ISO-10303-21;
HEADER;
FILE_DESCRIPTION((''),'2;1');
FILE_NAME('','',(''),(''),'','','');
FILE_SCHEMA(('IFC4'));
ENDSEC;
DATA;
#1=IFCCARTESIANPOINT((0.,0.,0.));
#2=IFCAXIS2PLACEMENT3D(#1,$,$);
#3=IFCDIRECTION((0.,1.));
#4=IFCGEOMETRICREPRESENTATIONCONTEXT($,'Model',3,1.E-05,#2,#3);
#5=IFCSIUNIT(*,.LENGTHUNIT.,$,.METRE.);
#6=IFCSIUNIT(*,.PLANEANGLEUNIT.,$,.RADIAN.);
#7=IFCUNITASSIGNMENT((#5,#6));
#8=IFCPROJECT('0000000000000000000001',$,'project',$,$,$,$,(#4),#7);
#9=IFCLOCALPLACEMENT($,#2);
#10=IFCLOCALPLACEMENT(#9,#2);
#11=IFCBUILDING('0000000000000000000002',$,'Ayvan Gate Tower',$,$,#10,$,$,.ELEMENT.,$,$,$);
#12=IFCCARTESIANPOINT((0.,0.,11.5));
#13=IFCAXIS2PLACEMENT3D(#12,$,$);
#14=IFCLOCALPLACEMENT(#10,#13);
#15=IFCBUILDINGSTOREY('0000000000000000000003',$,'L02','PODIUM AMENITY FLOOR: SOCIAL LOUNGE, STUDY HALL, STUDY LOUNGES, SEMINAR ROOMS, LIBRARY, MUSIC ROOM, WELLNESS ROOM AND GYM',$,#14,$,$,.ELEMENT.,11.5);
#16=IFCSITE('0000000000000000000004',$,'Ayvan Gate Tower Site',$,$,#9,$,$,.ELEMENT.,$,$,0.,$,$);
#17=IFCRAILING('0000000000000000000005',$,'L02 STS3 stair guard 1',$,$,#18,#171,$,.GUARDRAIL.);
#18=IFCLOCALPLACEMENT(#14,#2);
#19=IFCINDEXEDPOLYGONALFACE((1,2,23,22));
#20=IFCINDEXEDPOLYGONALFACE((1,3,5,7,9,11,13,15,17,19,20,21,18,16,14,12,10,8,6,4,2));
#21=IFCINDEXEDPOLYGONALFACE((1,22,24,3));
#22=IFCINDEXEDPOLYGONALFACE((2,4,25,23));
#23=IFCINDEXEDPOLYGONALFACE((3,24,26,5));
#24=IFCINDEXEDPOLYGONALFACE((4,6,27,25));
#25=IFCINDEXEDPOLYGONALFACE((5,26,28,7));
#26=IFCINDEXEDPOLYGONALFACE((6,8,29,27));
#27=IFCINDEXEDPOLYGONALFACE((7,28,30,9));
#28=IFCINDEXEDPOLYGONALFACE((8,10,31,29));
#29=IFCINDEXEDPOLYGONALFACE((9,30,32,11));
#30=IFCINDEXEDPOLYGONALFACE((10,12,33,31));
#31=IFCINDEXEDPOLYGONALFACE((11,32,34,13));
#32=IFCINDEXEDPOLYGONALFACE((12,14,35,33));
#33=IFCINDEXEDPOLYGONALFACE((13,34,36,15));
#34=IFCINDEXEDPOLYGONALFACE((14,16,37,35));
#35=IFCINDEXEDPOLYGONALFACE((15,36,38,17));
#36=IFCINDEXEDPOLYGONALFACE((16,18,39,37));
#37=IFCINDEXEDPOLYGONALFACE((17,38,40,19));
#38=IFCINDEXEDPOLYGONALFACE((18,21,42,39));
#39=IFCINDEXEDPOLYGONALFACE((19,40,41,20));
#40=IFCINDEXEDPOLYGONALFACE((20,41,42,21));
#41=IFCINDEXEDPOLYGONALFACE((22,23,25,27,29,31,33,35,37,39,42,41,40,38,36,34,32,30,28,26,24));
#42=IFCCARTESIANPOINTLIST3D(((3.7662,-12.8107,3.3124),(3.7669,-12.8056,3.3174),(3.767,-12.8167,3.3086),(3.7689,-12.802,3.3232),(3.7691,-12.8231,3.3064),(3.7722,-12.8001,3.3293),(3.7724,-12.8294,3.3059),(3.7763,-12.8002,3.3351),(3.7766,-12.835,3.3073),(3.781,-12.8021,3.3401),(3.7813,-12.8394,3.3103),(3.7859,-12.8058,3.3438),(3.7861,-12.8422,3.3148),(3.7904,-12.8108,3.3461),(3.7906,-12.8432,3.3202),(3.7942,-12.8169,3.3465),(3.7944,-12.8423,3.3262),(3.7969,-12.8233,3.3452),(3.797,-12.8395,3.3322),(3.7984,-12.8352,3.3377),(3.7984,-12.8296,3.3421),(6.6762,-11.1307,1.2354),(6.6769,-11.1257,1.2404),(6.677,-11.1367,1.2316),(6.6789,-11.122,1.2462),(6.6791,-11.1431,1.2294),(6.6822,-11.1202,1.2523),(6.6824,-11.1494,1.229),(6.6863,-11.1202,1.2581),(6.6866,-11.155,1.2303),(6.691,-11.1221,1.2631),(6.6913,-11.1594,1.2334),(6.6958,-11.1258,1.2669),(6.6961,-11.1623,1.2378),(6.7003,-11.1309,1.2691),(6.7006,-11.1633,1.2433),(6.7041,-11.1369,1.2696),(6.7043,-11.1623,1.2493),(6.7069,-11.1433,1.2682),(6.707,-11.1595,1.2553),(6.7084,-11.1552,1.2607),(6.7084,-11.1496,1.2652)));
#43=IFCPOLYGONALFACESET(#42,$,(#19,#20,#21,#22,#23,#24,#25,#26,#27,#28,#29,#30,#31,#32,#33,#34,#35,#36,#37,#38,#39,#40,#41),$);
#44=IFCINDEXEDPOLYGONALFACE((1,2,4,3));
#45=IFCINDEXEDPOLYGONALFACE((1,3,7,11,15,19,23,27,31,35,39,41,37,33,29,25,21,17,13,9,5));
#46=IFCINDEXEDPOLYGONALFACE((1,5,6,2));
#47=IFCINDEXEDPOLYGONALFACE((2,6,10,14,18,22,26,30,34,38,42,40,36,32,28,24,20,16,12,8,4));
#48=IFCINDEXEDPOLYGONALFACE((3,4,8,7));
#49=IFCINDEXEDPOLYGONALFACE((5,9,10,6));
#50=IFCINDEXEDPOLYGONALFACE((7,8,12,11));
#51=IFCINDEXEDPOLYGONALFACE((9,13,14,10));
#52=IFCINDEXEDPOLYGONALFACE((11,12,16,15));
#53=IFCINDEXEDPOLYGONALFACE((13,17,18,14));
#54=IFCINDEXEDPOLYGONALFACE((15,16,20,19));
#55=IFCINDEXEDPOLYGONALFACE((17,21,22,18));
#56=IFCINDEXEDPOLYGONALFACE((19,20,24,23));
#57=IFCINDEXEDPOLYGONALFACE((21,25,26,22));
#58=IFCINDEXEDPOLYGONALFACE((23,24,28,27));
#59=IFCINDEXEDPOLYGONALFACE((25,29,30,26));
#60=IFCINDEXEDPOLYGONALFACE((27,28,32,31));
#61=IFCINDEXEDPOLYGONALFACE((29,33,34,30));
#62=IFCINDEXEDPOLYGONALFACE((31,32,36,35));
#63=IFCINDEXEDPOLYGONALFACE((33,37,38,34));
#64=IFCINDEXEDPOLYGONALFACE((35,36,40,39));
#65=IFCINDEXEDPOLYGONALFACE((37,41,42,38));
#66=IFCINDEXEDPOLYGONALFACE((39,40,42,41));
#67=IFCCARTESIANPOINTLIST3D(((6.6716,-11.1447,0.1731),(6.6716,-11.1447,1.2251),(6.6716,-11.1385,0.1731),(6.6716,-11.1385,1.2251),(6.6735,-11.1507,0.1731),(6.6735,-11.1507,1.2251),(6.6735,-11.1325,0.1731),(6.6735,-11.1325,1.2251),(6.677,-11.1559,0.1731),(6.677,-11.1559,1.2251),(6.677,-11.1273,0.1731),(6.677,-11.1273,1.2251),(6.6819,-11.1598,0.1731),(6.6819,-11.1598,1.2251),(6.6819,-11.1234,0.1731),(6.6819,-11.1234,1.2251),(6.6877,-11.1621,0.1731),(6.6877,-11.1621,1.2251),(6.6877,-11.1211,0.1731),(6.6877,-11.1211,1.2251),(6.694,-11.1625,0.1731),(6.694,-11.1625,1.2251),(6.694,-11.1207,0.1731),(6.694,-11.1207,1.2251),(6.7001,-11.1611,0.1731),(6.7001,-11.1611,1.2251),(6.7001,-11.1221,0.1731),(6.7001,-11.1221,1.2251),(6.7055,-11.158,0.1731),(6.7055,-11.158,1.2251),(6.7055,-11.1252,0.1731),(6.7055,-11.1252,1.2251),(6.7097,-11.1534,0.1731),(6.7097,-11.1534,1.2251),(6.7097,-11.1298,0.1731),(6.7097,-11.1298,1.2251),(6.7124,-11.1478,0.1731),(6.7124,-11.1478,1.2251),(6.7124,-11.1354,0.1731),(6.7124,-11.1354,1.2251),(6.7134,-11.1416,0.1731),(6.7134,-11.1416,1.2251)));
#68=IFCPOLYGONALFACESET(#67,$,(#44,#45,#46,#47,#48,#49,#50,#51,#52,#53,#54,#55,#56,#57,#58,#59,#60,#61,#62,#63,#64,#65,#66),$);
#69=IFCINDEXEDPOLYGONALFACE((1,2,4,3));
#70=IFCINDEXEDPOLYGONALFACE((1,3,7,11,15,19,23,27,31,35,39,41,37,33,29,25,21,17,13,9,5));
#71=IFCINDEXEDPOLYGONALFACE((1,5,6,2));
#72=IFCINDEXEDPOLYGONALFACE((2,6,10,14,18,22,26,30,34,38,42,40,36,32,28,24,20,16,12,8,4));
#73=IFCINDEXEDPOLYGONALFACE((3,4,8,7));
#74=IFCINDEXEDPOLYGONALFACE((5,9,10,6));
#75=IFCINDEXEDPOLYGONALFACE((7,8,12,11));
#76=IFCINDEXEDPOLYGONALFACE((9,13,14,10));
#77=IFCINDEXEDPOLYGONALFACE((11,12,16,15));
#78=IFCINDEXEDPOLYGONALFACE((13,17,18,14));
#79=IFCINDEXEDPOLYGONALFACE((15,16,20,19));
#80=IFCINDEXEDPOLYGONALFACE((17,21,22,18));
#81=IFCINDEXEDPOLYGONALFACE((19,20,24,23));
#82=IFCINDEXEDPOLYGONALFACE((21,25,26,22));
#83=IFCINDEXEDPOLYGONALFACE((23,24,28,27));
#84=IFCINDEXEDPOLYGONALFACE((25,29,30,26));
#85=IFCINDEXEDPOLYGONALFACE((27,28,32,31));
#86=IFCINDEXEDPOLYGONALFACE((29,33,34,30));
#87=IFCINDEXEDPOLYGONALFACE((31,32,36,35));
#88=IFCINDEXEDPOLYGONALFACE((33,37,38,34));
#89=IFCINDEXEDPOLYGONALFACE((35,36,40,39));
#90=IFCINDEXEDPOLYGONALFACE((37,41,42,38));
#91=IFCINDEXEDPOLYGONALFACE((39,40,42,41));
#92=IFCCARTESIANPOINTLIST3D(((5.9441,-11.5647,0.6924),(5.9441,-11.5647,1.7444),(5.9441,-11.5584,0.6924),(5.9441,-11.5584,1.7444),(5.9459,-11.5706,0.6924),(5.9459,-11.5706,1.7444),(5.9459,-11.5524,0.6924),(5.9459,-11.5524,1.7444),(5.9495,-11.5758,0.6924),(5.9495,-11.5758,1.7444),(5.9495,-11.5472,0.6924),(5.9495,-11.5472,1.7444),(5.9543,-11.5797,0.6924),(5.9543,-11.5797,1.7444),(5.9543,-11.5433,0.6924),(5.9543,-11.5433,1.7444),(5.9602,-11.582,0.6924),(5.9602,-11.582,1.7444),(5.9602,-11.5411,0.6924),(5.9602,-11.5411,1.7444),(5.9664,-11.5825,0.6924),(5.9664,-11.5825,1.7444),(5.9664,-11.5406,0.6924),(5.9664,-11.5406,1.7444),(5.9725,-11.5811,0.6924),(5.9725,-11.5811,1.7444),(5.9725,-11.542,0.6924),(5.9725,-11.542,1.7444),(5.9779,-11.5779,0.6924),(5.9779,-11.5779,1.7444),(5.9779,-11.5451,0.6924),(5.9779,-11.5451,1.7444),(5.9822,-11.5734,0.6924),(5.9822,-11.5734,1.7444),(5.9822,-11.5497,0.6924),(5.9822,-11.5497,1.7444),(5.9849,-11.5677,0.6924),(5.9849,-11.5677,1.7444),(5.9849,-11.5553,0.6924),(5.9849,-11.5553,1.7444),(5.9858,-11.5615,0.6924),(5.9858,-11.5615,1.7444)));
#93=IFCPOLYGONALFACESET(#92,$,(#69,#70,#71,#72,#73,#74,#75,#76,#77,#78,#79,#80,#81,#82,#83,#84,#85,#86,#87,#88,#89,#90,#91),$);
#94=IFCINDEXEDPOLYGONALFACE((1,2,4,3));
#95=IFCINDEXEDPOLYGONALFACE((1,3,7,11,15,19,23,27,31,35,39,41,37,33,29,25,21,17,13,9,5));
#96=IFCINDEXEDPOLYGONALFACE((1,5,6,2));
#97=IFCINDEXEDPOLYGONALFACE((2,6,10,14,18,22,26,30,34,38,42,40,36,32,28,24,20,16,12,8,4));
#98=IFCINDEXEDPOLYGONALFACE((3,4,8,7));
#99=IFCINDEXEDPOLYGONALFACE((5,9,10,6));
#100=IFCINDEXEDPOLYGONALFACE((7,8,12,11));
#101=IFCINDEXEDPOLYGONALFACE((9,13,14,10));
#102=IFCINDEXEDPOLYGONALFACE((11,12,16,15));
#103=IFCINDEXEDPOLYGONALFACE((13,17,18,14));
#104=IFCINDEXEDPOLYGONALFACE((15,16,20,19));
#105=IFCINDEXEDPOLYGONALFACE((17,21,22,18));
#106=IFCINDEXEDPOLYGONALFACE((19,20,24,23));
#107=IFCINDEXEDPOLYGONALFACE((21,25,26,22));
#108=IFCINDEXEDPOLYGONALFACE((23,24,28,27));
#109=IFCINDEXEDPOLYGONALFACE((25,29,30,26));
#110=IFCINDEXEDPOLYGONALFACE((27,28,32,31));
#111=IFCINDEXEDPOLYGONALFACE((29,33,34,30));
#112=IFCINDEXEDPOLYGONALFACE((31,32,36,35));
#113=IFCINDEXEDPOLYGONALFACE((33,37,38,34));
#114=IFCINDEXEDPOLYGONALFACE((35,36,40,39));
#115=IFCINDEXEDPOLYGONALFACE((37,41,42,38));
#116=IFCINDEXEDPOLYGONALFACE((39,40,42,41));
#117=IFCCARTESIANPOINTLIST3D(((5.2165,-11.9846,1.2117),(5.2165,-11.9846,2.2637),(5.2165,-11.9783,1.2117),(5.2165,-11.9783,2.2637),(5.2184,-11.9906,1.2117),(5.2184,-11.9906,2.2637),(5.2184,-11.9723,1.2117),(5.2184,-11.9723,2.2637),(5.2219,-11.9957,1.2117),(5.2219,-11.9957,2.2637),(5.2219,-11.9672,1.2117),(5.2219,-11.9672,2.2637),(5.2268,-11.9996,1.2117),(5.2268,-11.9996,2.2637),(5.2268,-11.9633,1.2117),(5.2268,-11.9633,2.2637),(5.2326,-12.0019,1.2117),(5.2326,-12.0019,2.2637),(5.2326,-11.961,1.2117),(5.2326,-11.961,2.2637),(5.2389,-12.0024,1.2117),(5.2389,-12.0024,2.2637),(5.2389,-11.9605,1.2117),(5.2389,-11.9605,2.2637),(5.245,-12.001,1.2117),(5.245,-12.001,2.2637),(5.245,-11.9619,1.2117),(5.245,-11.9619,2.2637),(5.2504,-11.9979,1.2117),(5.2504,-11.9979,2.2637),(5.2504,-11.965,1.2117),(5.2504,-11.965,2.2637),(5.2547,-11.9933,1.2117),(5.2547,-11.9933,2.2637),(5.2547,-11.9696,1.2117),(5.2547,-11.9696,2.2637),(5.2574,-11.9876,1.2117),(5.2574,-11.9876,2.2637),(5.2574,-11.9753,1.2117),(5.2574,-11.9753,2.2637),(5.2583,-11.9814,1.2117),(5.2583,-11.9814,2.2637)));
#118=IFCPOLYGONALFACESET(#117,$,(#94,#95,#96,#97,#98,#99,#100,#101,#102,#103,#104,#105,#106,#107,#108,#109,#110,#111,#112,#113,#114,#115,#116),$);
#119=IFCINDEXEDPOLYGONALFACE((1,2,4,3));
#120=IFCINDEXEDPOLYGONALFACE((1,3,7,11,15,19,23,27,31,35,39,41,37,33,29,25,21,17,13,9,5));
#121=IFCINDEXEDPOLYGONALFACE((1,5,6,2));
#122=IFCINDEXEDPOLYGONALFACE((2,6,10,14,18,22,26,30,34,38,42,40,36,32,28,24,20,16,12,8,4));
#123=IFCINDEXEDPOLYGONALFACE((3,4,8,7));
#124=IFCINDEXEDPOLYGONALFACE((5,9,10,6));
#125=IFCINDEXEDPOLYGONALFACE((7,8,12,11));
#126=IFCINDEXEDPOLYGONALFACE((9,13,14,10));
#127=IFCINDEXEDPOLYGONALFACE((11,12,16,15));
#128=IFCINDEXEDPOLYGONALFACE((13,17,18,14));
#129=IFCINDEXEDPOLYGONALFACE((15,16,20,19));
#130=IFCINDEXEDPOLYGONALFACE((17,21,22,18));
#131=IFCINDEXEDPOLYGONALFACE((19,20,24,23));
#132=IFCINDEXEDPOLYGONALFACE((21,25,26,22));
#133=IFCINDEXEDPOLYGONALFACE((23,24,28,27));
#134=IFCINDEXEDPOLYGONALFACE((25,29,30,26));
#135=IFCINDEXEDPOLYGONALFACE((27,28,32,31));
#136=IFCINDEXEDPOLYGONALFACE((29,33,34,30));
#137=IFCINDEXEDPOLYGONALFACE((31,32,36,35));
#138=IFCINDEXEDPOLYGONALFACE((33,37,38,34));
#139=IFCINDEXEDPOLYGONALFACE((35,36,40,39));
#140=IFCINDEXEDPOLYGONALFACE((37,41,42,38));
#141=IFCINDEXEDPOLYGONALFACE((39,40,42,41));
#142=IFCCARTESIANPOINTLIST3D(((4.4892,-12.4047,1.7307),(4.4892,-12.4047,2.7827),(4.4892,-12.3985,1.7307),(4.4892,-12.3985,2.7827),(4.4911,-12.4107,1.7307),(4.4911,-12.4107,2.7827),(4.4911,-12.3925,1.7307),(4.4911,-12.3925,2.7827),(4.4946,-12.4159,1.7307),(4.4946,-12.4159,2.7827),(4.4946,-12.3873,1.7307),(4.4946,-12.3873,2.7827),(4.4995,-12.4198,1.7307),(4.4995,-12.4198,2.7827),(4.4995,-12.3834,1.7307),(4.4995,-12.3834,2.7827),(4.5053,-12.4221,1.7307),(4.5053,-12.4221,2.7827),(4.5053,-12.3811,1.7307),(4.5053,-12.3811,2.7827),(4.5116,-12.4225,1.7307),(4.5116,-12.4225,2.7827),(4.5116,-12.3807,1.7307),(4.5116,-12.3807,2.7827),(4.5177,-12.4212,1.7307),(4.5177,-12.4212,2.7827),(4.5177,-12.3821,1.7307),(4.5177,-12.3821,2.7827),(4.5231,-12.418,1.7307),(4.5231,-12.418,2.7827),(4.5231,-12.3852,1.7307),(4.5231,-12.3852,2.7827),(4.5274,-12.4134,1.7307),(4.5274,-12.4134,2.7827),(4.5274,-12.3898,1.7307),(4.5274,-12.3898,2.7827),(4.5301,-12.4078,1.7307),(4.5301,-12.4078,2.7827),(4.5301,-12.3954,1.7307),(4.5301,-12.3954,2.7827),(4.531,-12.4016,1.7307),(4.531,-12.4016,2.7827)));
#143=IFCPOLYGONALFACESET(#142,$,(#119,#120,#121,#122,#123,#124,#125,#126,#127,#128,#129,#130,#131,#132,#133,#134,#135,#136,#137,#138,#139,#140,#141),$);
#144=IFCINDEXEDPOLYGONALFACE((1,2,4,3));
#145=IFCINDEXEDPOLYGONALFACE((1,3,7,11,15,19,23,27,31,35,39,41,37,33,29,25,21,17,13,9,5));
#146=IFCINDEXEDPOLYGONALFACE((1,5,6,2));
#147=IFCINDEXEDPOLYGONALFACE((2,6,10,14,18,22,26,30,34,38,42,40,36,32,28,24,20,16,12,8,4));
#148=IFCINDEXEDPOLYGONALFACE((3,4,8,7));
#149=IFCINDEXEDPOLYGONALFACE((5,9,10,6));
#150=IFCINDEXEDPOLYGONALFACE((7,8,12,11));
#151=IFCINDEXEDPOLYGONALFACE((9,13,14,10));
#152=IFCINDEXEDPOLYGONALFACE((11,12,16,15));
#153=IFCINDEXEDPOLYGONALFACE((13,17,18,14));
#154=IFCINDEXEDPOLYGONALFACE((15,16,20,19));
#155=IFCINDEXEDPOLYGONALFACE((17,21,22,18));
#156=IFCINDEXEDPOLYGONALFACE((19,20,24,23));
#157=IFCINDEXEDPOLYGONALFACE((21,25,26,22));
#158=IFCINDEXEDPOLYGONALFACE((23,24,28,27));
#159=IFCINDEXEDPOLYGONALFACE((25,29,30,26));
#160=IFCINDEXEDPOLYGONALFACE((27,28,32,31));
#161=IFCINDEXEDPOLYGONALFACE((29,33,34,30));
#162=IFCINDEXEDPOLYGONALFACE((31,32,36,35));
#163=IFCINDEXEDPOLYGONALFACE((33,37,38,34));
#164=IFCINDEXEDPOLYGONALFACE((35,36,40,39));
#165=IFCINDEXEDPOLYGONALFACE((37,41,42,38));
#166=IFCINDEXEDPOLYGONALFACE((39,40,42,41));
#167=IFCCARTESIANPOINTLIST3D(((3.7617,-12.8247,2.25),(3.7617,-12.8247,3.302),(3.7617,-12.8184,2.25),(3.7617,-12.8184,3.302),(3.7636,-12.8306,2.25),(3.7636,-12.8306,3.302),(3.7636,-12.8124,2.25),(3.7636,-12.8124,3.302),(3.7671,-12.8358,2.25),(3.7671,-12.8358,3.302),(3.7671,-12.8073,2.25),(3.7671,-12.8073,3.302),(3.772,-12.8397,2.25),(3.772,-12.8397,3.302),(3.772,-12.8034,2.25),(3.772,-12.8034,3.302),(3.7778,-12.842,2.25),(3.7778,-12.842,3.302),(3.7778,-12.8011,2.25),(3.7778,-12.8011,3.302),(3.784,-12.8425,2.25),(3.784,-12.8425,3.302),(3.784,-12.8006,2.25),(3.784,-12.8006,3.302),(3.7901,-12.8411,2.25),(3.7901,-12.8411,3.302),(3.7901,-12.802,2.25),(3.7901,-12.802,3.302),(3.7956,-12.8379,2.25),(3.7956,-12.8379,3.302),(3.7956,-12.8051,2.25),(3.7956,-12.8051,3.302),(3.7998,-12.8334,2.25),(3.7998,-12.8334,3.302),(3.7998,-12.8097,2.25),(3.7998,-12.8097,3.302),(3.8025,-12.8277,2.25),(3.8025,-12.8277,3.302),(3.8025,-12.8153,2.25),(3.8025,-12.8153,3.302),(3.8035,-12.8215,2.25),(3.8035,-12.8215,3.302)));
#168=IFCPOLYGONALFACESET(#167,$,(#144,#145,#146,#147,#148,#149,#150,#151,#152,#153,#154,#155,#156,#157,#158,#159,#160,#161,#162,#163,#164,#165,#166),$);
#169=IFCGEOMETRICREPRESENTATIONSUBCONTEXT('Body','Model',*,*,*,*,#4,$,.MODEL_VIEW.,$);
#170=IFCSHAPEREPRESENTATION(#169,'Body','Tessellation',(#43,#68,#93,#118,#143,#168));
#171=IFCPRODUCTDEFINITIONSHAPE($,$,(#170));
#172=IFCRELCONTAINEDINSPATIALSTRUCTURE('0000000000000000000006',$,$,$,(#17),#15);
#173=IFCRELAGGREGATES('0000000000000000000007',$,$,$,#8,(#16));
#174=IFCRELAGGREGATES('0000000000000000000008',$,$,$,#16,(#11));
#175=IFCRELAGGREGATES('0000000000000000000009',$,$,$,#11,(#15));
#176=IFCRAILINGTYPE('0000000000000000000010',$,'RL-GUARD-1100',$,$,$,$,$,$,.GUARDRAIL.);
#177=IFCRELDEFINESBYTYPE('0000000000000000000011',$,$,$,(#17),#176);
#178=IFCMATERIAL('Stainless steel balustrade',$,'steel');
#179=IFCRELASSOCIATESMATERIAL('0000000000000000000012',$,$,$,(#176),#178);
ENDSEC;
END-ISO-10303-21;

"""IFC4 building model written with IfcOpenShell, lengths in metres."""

from ifc_helpers import new_model, si_unit, direction, frame, origin, origin_2d, place, context, subcontext, project, spatial, circle, extrude, material, type_object, element, save


model = new_model("IFC4")

# Units and contexts
model_context = context("Model", 3, precision=1e-05, world=origin(), true_north=direction((0.0, 1.0)))
body_context = subcontext(model_context, "Body", "Model", "MODEL_VIEW")
ifc_project = project(units=[si_unit("LENGTHUNIT", "METRE"), si_unit("PLANEANGLEUNIT", "RADIAN")], contexts=[model_context])

# Site, building, storey
site_placement = place(None, origin())
site = spatial("IfcSite", under=ifc_project, at=site_placement, Name="Ayvan Gate Tower Site", CompositionType="ELEMENT", RefElevation=0.0)
building_placement = place(site_placement, origin())
building = spatial("IfcBuilding", under=site, at=building_placement, Name="Ayvan Gate Tower", CompositionType="ELEMENT")
storey_placement = place(building_placement, frame((0.0, 0.0, 11.5)))
storey = spatial("IfcBuildingStorey", under=building, at=storey_placement, Name="L02", Description="PODIUM AMENITY FLOOR: SOCIAL LOUNGE, STUDY HALL, STUDY LOUNGES, SEMINAR ROOMS, LIBRARY, MUSIC ROOM, WELLNESS ROOM AND GYM", CompositionType="ELEMENT", Elevation=11.5)

# Railing
ifc_material_1 = material(Name="Stainless steel balustrade", Category="steel")
railing_type_1 = type_object("IfcRailingType", Name="RL-GUARD-1100", PredefinedType="GUARDRAIL", material=ifc_material_1)
railing_1_placement = place(storey_placement, frame((6.6924, -11.1416, 0.1731)))
element("IfcRailing", 1, at=railing_1_placement, inside=storey, type_object=railing_type_1, Name="L02 STS3 stair guard 1", PredefinedType="GUARDRAIL", context=body_context, shape_type="SweptSolid", body=[
    extrude(circle(Radius=0.0239, at=origin_2d()), frame((0.0, 0.0, 1.0762), z_axis=(-0.736668, -0.425288, 0.525785), x_axis=(0.499976, -0.866039, 0.0)), (0.0, 0.0, 1.0), 3.9502),
    extrude(circle(Radius=0.021, at=origin_2d()), origin(), (0.0, 0.0, 1.0), 1.052),
    extrude(circle(Radius=0.021, at=origin_2d()), frame((-0.7275, -0.4199, 0.5193)), (0.0, 0.0, 1.0), 1.052),
    extrude(circle(Radius=0.021, at=origin_2d()), frame((-1.4551, -0.8398, 1.0386)), (0.0, 0.0, 1.0), 1.052),
    extrude(circle(Radius=0.021, at=origin_2d()), frame((-2.1824, -1.26, 1.5576)), (0.0, 0.0, 1.0), 1.052),
    extrude(circle(Radius=0.021, at=origin_2d()), frame((-2.9099, -1.6799, 2.0769)), (0.0, 0.0, 1.0), 1.052),
])

save(model, "model.ifc")
